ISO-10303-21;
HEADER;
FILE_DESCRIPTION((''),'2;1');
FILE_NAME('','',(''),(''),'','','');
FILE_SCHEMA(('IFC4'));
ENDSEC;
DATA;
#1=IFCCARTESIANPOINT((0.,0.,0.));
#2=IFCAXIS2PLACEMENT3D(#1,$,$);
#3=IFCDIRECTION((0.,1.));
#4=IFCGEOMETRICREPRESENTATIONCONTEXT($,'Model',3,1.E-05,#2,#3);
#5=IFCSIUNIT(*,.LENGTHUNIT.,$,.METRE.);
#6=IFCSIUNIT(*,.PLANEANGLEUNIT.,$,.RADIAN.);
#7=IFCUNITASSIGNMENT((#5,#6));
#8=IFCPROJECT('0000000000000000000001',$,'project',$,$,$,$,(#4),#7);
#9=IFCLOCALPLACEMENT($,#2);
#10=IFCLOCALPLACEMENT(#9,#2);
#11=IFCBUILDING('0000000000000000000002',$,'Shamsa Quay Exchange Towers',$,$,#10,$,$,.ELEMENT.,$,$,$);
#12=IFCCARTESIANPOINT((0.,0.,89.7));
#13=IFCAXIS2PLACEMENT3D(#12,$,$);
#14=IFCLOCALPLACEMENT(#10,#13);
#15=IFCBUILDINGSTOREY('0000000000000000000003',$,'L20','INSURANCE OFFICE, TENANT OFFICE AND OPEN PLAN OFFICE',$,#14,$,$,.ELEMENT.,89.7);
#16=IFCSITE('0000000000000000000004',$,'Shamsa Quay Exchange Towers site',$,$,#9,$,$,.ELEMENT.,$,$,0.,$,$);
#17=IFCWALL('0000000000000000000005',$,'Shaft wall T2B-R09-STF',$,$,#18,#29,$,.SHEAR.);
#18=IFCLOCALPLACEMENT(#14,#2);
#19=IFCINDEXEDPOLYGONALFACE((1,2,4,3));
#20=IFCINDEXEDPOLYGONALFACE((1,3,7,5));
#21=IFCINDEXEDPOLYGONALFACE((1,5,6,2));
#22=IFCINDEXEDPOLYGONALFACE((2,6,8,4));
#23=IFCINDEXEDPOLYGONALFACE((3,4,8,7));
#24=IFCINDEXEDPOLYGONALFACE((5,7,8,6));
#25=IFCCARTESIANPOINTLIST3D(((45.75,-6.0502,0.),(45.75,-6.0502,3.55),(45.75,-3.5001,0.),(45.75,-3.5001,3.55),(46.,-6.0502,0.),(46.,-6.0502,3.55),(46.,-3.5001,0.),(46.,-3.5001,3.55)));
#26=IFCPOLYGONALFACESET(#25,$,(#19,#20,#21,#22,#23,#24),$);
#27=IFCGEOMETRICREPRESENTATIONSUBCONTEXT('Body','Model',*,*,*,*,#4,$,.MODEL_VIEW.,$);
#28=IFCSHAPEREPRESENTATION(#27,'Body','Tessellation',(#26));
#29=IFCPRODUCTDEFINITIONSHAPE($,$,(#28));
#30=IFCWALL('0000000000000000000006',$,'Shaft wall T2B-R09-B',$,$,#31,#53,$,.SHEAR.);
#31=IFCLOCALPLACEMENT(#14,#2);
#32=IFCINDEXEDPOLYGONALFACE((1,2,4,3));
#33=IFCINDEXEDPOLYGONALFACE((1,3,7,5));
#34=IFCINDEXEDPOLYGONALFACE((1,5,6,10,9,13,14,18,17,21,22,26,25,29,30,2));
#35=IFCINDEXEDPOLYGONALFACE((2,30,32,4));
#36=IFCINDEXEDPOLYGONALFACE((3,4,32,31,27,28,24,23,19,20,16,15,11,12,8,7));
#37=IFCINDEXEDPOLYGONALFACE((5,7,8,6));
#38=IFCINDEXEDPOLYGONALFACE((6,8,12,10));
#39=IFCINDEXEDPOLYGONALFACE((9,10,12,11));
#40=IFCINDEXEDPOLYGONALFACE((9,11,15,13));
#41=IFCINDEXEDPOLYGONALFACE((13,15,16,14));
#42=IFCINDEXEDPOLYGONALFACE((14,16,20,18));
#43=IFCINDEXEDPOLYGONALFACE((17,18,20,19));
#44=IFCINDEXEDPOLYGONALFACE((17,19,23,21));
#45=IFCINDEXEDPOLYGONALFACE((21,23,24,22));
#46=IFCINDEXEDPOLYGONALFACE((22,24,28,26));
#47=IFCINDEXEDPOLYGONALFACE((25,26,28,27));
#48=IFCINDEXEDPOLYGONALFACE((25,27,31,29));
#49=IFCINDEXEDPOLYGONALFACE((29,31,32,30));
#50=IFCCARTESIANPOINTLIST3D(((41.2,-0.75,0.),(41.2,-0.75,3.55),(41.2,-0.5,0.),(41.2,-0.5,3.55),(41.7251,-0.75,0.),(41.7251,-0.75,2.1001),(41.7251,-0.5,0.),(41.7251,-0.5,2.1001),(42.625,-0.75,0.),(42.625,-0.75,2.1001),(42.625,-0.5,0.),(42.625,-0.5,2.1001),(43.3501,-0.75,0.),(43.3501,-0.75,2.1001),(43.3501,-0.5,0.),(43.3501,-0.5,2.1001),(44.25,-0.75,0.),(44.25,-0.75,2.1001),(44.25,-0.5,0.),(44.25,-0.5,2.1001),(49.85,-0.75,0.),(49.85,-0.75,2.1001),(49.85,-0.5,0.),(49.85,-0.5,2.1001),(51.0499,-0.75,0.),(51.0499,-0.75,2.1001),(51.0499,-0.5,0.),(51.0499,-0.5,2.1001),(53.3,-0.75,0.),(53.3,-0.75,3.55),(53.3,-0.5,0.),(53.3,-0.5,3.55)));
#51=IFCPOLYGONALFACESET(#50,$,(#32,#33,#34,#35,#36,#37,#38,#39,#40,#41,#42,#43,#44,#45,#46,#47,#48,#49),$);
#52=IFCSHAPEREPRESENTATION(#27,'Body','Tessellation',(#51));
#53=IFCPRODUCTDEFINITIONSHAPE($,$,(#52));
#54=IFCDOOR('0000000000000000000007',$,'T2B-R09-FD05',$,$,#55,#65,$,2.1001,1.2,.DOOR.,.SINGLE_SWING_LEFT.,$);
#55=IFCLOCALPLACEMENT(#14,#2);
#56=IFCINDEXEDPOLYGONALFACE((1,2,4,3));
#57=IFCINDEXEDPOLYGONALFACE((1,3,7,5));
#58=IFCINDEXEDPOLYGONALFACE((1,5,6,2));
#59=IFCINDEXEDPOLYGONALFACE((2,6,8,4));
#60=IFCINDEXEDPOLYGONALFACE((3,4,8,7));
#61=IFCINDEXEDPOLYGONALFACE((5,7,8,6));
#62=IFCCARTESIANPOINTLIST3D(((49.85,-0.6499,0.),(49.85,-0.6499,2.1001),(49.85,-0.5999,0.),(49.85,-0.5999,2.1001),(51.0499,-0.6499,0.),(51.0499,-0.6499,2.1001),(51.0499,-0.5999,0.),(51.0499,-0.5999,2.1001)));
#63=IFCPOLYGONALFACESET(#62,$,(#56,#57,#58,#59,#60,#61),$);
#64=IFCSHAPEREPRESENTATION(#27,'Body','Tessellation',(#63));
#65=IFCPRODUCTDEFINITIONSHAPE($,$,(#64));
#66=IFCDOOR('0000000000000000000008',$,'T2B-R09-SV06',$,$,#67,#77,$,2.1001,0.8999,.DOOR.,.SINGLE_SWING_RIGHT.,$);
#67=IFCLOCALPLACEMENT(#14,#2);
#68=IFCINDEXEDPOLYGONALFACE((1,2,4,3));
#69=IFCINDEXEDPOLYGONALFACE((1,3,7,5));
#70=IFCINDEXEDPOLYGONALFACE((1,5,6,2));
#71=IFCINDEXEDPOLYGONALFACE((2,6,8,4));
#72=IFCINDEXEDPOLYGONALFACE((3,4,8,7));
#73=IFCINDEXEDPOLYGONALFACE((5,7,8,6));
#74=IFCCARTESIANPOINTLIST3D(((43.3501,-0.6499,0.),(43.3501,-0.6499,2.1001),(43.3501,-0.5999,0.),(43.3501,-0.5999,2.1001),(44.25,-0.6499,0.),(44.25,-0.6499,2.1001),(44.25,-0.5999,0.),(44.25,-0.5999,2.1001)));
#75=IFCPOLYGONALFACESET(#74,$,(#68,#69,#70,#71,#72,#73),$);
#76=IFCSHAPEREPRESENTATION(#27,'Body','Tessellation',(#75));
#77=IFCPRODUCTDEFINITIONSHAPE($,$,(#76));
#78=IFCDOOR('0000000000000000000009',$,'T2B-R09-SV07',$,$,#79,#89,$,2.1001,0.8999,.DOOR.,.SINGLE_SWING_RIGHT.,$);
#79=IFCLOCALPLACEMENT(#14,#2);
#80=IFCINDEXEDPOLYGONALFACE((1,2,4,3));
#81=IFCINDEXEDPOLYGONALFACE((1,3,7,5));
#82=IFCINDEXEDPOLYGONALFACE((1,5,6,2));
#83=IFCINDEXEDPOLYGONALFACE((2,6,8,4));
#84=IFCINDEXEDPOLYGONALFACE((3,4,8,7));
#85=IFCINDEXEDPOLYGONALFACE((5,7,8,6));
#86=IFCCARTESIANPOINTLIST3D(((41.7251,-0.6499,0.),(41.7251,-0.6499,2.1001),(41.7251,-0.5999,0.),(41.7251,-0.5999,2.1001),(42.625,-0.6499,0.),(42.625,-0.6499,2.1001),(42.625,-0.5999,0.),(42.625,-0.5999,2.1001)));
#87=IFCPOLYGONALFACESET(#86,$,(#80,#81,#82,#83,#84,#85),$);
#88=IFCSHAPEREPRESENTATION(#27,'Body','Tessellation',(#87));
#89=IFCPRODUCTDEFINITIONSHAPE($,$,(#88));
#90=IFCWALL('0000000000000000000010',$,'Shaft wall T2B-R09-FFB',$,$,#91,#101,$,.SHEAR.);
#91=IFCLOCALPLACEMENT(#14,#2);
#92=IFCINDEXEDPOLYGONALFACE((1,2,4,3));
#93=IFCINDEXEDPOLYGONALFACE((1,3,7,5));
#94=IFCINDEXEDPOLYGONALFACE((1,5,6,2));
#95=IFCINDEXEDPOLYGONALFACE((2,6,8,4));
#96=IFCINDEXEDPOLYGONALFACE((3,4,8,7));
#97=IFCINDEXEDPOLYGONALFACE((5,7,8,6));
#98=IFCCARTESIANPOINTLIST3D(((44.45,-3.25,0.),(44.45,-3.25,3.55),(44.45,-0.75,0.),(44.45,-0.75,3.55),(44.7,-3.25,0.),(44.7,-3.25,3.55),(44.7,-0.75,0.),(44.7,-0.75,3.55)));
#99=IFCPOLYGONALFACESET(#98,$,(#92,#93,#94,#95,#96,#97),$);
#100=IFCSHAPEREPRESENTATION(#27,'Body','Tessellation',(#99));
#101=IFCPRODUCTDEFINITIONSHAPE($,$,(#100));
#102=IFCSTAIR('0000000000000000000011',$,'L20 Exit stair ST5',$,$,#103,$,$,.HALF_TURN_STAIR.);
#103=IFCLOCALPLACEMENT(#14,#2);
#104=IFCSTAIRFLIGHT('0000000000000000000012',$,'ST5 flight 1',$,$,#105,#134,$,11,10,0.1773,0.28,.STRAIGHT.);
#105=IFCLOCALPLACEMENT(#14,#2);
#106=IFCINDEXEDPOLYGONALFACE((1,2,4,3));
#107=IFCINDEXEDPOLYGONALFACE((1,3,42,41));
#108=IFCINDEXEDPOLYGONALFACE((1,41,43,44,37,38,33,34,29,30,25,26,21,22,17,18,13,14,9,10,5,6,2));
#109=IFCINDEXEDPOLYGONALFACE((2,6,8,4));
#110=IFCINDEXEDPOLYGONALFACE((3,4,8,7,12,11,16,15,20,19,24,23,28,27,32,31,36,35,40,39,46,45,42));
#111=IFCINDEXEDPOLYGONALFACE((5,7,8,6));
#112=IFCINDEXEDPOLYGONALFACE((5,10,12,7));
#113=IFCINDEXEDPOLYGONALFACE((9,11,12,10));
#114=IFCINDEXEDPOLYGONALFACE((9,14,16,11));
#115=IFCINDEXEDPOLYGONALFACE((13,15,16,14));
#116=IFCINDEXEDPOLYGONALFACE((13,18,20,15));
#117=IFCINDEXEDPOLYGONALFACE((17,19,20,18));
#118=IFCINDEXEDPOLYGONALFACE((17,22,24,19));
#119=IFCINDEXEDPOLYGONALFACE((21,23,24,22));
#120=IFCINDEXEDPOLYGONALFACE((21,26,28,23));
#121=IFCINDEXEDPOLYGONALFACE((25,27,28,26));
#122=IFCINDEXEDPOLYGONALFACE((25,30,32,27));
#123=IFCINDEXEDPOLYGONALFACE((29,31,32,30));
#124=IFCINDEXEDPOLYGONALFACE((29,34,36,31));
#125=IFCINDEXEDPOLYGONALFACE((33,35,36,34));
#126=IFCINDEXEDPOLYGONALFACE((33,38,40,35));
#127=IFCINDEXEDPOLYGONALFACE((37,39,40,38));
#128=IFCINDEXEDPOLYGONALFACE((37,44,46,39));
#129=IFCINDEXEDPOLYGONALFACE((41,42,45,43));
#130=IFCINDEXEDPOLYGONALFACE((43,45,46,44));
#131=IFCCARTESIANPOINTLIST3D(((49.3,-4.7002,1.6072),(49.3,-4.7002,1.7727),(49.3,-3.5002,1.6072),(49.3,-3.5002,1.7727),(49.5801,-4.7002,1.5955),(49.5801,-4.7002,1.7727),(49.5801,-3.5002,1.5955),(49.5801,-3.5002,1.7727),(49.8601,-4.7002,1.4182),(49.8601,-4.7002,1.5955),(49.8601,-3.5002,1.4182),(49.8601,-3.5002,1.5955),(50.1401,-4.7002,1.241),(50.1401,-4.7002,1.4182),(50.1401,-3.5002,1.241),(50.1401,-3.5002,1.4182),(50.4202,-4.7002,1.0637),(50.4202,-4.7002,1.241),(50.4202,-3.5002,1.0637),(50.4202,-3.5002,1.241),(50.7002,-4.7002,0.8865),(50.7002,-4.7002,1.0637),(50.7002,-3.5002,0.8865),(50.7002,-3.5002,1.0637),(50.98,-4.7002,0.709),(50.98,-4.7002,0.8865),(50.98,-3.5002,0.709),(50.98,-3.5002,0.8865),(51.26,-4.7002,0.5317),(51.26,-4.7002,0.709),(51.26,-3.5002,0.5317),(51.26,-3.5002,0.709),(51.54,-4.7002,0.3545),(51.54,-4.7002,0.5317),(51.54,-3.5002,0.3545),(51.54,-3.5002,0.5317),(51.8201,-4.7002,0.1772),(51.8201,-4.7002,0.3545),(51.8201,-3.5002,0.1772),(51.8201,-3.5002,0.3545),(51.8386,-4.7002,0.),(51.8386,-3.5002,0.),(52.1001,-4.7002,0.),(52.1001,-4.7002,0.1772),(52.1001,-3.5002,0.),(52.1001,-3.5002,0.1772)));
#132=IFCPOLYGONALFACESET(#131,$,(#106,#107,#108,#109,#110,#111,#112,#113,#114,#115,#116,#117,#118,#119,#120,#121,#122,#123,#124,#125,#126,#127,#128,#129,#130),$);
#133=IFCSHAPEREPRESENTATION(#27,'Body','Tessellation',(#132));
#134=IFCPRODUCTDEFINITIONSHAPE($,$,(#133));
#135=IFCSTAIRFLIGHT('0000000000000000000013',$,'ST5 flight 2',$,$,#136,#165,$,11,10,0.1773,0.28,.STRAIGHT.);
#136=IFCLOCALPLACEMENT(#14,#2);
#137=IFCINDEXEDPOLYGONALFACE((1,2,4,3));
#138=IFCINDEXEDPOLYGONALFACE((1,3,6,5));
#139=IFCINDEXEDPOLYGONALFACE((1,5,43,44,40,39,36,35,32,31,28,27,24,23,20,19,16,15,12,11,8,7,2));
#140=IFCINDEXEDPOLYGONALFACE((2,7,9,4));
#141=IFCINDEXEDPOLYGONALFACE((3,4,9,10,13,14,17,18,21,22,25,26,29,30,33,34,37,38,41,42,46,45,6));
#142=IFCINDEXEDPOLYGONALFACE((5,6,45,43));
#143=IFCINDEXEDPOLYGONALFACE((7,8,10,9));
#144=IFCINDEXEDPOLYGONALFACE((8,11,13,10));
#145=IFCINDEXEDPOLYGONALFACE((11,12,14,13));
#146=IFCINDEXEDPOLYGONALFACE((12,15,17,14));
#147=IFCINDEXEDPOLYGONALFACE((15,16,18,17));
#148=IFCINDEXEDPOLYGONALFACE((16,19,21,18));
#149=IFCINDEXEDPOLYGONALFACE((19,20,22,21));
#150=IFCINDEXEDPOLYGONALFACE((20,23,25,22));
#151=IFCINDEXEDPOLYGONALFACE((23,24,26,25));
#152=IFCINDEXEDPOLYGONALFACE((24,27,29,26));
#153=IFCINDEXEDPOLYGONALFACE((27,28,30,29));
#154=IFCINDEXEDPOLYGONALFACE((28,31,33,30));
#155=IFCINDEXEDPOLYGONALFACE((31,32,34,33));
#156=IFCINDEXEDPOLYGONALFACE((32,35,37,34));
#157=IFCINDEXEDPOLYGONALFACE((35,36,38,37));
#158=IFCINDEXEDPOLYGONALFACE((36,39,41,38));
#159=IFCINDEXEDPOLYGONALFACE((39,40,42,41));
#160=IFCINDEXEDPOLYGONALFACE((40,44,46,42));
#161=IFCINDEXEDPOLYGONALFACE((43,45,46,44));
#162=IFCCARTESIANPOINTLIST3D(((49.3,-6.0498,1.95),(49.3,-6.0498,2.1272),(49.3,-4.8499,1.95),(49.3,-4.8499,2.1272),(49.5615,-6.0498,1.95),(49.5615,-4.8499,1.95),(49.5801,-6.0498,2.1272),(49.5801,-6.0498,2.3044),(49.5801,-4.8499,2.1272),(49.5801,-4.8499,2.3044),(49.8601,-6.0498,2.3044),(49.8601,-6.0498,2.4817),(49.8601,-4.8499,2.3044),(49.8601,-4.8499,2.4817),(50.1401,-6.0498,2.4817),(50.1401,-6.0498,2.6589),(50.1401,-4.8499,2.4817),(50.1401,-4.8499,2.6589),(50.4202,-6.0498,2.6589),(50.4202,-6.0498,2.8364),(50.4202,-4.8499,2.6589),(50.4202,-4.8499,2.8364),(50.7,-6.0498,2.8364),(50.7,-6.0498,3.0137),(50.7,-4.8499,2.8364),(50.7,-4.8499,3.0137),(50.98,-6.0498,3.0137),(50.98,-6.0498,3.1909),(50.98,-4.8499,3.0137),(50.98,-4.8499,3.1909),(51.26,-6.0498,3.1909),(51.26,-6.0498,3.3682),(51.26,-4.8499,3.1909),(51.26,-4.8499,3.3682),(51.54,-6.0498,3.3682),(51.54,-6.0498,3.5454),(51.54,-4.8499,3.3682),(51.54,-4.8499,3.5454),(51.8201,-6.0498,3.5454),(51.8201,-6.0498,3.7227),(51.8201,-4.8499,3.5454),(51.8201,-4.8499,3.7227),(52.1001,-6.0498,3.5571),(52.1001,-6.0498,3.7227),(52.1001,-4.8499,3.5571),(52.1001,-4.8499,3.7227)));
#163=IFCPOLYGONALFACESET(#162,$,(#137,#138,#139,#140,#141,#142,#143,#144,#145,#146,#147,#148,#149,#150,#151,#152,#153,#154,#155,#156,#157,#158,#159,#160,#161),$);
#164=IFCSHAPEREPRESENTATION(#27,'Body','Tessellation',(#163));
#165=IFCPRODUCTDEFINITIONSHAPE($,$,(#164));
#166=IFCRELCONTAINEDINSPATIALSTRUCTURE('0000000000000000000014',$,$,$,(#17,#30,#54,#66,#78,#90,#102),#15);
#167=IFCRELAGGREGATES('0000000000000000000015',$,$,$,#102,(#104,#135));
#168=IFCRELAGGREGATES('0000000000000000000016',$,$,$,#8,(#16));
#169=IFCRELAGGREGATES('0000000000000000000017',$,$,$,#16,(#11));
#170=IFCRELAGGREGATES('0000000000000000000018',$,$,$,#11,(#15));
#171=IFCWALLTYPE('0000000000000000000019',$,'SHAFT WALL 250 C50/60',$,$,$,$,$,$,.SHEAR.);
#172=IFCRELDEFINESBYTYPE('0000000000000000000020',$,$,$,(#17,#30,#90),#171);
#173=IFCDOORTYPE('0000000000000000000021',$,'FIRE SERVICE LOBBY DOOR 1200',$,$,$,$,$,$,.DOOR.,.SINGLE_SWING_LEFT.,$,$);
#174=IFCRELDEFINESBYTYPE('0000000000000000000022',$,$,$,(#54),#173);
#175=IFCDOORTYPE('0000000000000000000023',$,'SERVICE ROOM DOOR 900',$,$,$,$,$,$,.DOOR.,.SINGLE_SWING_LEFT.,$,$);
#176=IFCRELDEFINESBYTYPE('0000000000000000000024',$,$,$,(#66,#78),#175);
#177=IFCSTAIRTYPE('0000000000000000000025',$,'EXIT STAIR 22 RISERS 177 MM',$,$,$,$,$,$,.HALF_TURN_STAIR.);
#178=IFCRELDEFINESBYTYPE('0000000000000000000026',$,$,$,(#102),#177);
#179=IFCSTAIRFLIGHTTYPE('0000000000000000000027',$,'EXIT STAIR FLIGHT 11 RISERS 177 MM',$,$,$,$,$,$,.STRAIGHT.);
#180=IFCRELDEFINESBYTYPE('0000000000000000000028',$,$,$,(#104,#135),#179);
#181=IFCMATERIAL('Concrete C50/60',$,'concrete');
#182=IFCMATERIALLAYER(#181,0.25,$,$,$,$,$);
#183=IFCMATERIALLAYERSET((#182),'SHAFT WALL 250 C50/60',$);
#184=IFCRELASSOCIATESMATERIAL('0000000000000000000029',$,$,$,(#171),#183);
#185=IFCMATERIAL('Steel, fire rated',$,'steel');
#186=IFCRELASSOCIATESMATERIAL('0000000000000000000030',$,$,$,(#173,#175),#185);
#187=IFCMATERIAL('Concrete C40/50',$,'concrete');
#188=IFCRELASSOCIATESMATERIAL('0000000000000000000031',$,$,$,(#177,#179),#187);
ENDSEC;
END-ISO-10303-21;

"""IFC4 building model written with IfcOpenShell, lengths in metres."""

from ifc_helpers import new_model, si_unit, direction, frame, frame_2d, origin, place, context, subcontext, project, spatial, polyline, rectangle, outline, extrude, material, layer, layer_set, type_object, element, fill, aggregate, save


model = new_model("IFC4")

# Units and contexts
model_context = context("Model", 3, precision=1e-05, world=origin(), true_north=direction((0.0, 1.0)))
body_context = subcontext(model_context, "Body", "Model", "MODEL_VIEW")
ifc_project = project(units=[si_unit("LENGTHUNIT", "METRE"), si_unit("PLANEANGLEUNIT", "RADIAN")], contexts=[model_context])

# Site, building, storey
site_placement = place(None, origin())
site = spatial("IfcSite", under=ifc_project, at=site_placement, Name="Shamsa Quay Exchange Towers site", CompositionType="ELEMENT", RefElevation=0.0)
building_placement = place(site_placement, origin())
building = spatial("IfcBuilding", under=site, at=building_placement, Name="Shamsa Quay Exchange Towers", CompositionType="ELEMENT")
storey_placement = place(building_placement, frame((0.0, 0.0, 89.7)))
storey = spatial("IfcBuildingStorey", under=building, at=storey_placement, Name="L20", Description="INSURANCE OFFICE, TENANT OFFICE AND OPEN PLAN OFFICE", CompositionType="ELEMENT", Elevation=89.7)

# Shared definitions
ifc_material_1 = material(Name="Steel, fire rated", Category="steel")
ifc_material_2 = material(Name="Concrete C50/60", Category="concrete")
ifc_layer_1 = layer(ifc_material_2, 0.25)
ifc_layer_set_1 = layer_set([ifc_layer_1], Name="SHAFT WALL 250 C50/60")
wall_type_1 = type_object("IfcWallType", Name="SHAFT WALL 250 C50/60", PredefinedType="SHEAR", material=ifc_layer_set_1)

# Wall
wall_1_placement = place(storey_placement, frame((45.875, -6.05, 0.0), z_axis=(0.0, 0.0, 1.0), x_axis=(0.0, 1.0, 0.0)))
element("IfcWall", 1, at=wall_1_placement, inside=storey, type_object=wall_type_1, Name="Shaft wall T2B-R09-STF", PredefinedType="SHEAR", context=body_context, shape_type="SweptSolid", body=[
    extrude(rectangle(XDim=2.55, YDim=0.25, at=frame_2d((1.2749, 0.0))), origin(), (0.0, 0.0, 1.0), 3.55),
])

# Wall, openings, doors
wall_2_placement = place(storey_placement, frame((53.3, -0.625, 0.0), z_axis=(0.0, 0.0, 1.0), x_axis=(-1.0, 0.0, 0.0)))
wall_2 = element("IfcWall", 2, at=wall_2_placement, inside=storey, type_object=wall_type_1, Name="Shaft wall T2B-R09-B", PredefinedType="SHEAR", context=body_context, shape_type="SweptSolid", body=[
    extrude(rectangle(XDim=12.1001, YDim=0.25, at=frame_2d((6.05, 0.0))), origin(), (0.0, 0.0, 1.0), 3.55),
])
opening_1_placement = place(wall_2_placement, frame((2.25, 0.0, 0.0)))
opening_1 = element("IfcOpeningElement", 3, at=opening_1_placement, cuts=wall_2, PredefinedType="OPENING", context=body_context, shape_type="SweptSolid", body=[
    extrude(rectangle(XDim=1.2, YDim=2.1001, at=frame_2d((0.6001, 1.05))), frame((0.0, 0.135, 0.0), z_axis=(0.0, -1.0, 0.0), x_axis=(1.0, 0.0, 0.0)), (0.0, 0.0, 1.0), 0.27),
])
opening_2_placement = place(wall_2_placement, frame((9.05, 0.0, 0.0)))
opening_2 = element("IfcOpeningElement", 4, at=opening_2_placement, cuts=wall_2, PredefinedType="OPENING", context=body_context, shape_type="SweptSolid", body=[
    extrude(rectangle(XDim=0.8999, YDim=2.1001, at=frame_2d((0.45, 1.05))), frame((0.0, 0.135, 0.0), z_axis=(0.0, -1.0, 0.0), x_axis=(1.0, 0.0, 0.0)), (0.0, 0.0, 1.0), 0.27),
])
opening_3_placement = place(wall_2_placement, frame((10.675, 0.0, 0.0)))
opening_3 = element("IfcOpeningElement", 5, at=opening_3_placement, cuts=wall_2, PredefinedType="OPENING", context=body_context, shape_type="SweptSolid", body=[
    extrude(rectangle(XDim=0.8999, YDim=2.1001, at=frame_2d((0.45, 1.05))), frame((0.0, 0.135, 0.0), z_axis=(0.0, -1.0, 0.0), x_axis=(1.0, 0.0, 0.0)), (0.0, 0.0, 1.0), 0.27),
])
door_type_1 = type_object("IfcDoorType", Name="FIRE SERVICE LOBBY DOOR 1200", OperationType="SINGLE_SWING_LEFT", PredefinedType="DOOR", material=ifc_material_1)
door_1_placement = place(opening_1_placement, origin())
door_1 = element("IfcDoor", 6, at=door_1_placement, inside=storey, type_object=door_type_1, Name="T2B-R09-FD05", OperationType="SINGLE_SWING_LEFT", OverallHeight=2.1001, OverallWidth=1.2, PredefinedType="DOOR", context=body_context, shape_type="SweptSolid", body=[
    extrude(rectangle(XDim=1.2, YDim=2.1001, at=frame_2d((0.6001, 1.05))), frame((0.0, 0.0249, 0.0), z_axis=(0.0, -1.0, 0.0), x_axis=(1.0, 0.0, 0.0)), (0.0, 0.0, 1.0), 0.05),
])
fill(opening_1, door_1)
door_type_2 = type_object("IfcDoorType", Name="SERVICE ROOM DOOR 900", OperationType="SINGLE_SWING_LEFT", PredefinedType="DOOR", material=ifc_material_1)
door_2_placement = place(opening_2_placement, origin())
door_2 = element("IfcDoor", 7, at=door_2_placement, inside=storey, type_object=door_type_2, Name="T2B-R09-SV06", OperationType="SINGLE_SWING_RIGHT", OverallHeight=2.1001, OverallWidth=0.8999, PredefinedType="DOOR", context=body_context, shape_type="SweptSolid", body=[
    extrude(rectangle(XDim=0.8999, YDim=2.1001, at=frame_2d((0.45, 1.05))), frame((0.0, 0.0249, 0.0), z_axis=(0.0, -1.0, 0.0), x_axis=(1.0, 0.0, 0.0)), (0.0, 0.0, 1.0), 0.05),
])
fill(opening_2, door_2)
door_3_placement = place(opening_3_placement, origin())
door_3 = element("IfcDoor", 8, at=door_3_placement, inside=storey, type_object=door_type_2, Name="T2B-R09-SV07", OperationType="SINGLE_SWING_RIGHT", OverallHeight=2.1001, OverallWidth=0.8999, PredefinedType="DOOR", context=body_context, shape_type="SweptSolid", body=[
    extrude(rectangle(XDim=0.8999, YDim=2.1001, at=frame_2d((0.45, 1.05))), frame((0.0, 0.0249, 0.0), z_axis=(0.0, -1.0, 0.0), x_axis=(1.0, 0.0, 0.0)), (0.0, 0.0, 1.0), 0.05),
])
fill(opening_3, door_3)

# Wall
wall_3_placement = place(storey_placement, frame((44.575, -3.25, 0.0), z_axis=(0.0, 0.0, 1.0), x_axis=(0.0, 1.0, 0.0)))
element("IfcWall", 9, at=wall_3_placement, inside=storey, type_object=wall_type_1, Name="Shaft wall T2B-R09-FFB", PredefinedType="SHEAR", context=body_context, shape_type="SweptSolid", body=[
    extrude(rectangle(XDim=2.5, YDim=0.25, at=frame_2d((1.25, 0.0))), origin(), (0.0, 0.0, 1.0), 3.55),
])

# Stair, stair flights
ifc_material_3 = material(Name="Concrete C40/50", Category="concrete")
stair_type = type_object("IfcStairType", Name="EXIT STAIR 22 RISERS 177 MM", PredefinedType="HALF_TURN_STAIR", material=ifc_material_3)
stair_placement = place(storey_placement, origin())
stair = element("IfcStair", 10, at=stair_placement, inside=storey, type_object=stair_type, Name="L20 Exit stair ST5", PredefinedType="HALF_TURN_STAIR")
stair_flight_type = type_object("IfcStairFlightType", Name="EXIT STAIR FLIGHT 11 RISERS 177 MM", PredefinedType="STRAIGHT", material=ifc_material_3)
stair_flight_1_placement = place(storey_placement, frame((52.1001, -4.1001, 0.0), z_axis=(0.0, 0.0, 1.0), x_axis=(-1.0, 0.0, 0.0)))
stair_flight_1 = element("IfcStairFlight", 11, at=stair_flight_1_placement, type_object=stair_flight_type, Name="ST5 flight 1", NumberOfRisers=11, NumberOfTreads=10, PredefinedType="STRAIGHT", RiserHeight=0.1773, TreadLength=0.28, context=body_context, shape_type="SweptSolid", body=[
    extrude(outline(polyline([(0.0, 0.0), (0.0, 0.1772), (0.28, 0.1772), (0.28, 0.3545), (0.5601, 0.3545), (0.5601, 0.5317), (0.8401, 0.5317), (0.8401, 0.709), (1.1201, 0.709), (1.1201, 0.8865), (1.3999, 0.8865), (1.3999, 1.0637), (1.6799, 1.0637), (1.6799, 1.241), (1.96, 1.241), (1.96, 1.4182), (2.24, 1.4182), (2.24, 1.5955), (2.52, 1.5955), (2.52, 1.7727), (2.8, 1.7727), (2.8, 1.95), (2.8, 1.6072), (0.2615, 0.0), (0.0, 0.0)])), frame((0.0, 0.6001, 0.0), z_axis=(0.0, -1.0, 0.0), x_axis=(1.0, 0.0, 0.0)), (0.0, 0.0, 1.0), 1.2),
])
stair_flight_2_placement = place(storey_placement, frame((49.3, -5.45, 1.95)))
stair_flight_2 = element("IfcStairFlight", 12, at=stair_flight_2_placement, type_object=stair_flight_type, Name="ST5 flight 2", NumberOfRisers=11, NumberOfTreads=10, PredefinedType="STRAIGHT", RiserHeight=0.1773, TreadLength=0.28, context=body_context, shape_type="SweptSolid", body=[
    extrude(outline(polyline([(0.0, 0.0), (0.0, 0.1772), (0.28, 0.1772), (0.28, 0.3545), (0.5601, 0.3545), (0.5601, 0.5317), (0.8401, 0.5317), (0.8401, 0.709), (1.1201, 0.709), (1.1201, 0.8865), (1.3999, 0.8865), (1.3999, 1.0637), (1.6799, 1.0637), (1.6799, 1.241), (1.96, 1.241), (1.96, 1.4182), (2.24, 1.4182), (2.24, 1.5955), (2.52, 1.5955), (2.52, 1.7727), (2.8, 1.7727), (2.8, 1.95), (2.8, 1.6072), (0.2615, 0.0), (0.0, 0.0)])), frame((0.0, 0.6001, 0.0), z_axis=(0.0, -1.0, 0.0), x_axis=(1.0, 0.0, 0.0)), (0.0, 0.0, 1.0), 1.2),
])
aggregate(stair, [stair_flight_1, stair_flight_2])

save(model, "model.ifc")
